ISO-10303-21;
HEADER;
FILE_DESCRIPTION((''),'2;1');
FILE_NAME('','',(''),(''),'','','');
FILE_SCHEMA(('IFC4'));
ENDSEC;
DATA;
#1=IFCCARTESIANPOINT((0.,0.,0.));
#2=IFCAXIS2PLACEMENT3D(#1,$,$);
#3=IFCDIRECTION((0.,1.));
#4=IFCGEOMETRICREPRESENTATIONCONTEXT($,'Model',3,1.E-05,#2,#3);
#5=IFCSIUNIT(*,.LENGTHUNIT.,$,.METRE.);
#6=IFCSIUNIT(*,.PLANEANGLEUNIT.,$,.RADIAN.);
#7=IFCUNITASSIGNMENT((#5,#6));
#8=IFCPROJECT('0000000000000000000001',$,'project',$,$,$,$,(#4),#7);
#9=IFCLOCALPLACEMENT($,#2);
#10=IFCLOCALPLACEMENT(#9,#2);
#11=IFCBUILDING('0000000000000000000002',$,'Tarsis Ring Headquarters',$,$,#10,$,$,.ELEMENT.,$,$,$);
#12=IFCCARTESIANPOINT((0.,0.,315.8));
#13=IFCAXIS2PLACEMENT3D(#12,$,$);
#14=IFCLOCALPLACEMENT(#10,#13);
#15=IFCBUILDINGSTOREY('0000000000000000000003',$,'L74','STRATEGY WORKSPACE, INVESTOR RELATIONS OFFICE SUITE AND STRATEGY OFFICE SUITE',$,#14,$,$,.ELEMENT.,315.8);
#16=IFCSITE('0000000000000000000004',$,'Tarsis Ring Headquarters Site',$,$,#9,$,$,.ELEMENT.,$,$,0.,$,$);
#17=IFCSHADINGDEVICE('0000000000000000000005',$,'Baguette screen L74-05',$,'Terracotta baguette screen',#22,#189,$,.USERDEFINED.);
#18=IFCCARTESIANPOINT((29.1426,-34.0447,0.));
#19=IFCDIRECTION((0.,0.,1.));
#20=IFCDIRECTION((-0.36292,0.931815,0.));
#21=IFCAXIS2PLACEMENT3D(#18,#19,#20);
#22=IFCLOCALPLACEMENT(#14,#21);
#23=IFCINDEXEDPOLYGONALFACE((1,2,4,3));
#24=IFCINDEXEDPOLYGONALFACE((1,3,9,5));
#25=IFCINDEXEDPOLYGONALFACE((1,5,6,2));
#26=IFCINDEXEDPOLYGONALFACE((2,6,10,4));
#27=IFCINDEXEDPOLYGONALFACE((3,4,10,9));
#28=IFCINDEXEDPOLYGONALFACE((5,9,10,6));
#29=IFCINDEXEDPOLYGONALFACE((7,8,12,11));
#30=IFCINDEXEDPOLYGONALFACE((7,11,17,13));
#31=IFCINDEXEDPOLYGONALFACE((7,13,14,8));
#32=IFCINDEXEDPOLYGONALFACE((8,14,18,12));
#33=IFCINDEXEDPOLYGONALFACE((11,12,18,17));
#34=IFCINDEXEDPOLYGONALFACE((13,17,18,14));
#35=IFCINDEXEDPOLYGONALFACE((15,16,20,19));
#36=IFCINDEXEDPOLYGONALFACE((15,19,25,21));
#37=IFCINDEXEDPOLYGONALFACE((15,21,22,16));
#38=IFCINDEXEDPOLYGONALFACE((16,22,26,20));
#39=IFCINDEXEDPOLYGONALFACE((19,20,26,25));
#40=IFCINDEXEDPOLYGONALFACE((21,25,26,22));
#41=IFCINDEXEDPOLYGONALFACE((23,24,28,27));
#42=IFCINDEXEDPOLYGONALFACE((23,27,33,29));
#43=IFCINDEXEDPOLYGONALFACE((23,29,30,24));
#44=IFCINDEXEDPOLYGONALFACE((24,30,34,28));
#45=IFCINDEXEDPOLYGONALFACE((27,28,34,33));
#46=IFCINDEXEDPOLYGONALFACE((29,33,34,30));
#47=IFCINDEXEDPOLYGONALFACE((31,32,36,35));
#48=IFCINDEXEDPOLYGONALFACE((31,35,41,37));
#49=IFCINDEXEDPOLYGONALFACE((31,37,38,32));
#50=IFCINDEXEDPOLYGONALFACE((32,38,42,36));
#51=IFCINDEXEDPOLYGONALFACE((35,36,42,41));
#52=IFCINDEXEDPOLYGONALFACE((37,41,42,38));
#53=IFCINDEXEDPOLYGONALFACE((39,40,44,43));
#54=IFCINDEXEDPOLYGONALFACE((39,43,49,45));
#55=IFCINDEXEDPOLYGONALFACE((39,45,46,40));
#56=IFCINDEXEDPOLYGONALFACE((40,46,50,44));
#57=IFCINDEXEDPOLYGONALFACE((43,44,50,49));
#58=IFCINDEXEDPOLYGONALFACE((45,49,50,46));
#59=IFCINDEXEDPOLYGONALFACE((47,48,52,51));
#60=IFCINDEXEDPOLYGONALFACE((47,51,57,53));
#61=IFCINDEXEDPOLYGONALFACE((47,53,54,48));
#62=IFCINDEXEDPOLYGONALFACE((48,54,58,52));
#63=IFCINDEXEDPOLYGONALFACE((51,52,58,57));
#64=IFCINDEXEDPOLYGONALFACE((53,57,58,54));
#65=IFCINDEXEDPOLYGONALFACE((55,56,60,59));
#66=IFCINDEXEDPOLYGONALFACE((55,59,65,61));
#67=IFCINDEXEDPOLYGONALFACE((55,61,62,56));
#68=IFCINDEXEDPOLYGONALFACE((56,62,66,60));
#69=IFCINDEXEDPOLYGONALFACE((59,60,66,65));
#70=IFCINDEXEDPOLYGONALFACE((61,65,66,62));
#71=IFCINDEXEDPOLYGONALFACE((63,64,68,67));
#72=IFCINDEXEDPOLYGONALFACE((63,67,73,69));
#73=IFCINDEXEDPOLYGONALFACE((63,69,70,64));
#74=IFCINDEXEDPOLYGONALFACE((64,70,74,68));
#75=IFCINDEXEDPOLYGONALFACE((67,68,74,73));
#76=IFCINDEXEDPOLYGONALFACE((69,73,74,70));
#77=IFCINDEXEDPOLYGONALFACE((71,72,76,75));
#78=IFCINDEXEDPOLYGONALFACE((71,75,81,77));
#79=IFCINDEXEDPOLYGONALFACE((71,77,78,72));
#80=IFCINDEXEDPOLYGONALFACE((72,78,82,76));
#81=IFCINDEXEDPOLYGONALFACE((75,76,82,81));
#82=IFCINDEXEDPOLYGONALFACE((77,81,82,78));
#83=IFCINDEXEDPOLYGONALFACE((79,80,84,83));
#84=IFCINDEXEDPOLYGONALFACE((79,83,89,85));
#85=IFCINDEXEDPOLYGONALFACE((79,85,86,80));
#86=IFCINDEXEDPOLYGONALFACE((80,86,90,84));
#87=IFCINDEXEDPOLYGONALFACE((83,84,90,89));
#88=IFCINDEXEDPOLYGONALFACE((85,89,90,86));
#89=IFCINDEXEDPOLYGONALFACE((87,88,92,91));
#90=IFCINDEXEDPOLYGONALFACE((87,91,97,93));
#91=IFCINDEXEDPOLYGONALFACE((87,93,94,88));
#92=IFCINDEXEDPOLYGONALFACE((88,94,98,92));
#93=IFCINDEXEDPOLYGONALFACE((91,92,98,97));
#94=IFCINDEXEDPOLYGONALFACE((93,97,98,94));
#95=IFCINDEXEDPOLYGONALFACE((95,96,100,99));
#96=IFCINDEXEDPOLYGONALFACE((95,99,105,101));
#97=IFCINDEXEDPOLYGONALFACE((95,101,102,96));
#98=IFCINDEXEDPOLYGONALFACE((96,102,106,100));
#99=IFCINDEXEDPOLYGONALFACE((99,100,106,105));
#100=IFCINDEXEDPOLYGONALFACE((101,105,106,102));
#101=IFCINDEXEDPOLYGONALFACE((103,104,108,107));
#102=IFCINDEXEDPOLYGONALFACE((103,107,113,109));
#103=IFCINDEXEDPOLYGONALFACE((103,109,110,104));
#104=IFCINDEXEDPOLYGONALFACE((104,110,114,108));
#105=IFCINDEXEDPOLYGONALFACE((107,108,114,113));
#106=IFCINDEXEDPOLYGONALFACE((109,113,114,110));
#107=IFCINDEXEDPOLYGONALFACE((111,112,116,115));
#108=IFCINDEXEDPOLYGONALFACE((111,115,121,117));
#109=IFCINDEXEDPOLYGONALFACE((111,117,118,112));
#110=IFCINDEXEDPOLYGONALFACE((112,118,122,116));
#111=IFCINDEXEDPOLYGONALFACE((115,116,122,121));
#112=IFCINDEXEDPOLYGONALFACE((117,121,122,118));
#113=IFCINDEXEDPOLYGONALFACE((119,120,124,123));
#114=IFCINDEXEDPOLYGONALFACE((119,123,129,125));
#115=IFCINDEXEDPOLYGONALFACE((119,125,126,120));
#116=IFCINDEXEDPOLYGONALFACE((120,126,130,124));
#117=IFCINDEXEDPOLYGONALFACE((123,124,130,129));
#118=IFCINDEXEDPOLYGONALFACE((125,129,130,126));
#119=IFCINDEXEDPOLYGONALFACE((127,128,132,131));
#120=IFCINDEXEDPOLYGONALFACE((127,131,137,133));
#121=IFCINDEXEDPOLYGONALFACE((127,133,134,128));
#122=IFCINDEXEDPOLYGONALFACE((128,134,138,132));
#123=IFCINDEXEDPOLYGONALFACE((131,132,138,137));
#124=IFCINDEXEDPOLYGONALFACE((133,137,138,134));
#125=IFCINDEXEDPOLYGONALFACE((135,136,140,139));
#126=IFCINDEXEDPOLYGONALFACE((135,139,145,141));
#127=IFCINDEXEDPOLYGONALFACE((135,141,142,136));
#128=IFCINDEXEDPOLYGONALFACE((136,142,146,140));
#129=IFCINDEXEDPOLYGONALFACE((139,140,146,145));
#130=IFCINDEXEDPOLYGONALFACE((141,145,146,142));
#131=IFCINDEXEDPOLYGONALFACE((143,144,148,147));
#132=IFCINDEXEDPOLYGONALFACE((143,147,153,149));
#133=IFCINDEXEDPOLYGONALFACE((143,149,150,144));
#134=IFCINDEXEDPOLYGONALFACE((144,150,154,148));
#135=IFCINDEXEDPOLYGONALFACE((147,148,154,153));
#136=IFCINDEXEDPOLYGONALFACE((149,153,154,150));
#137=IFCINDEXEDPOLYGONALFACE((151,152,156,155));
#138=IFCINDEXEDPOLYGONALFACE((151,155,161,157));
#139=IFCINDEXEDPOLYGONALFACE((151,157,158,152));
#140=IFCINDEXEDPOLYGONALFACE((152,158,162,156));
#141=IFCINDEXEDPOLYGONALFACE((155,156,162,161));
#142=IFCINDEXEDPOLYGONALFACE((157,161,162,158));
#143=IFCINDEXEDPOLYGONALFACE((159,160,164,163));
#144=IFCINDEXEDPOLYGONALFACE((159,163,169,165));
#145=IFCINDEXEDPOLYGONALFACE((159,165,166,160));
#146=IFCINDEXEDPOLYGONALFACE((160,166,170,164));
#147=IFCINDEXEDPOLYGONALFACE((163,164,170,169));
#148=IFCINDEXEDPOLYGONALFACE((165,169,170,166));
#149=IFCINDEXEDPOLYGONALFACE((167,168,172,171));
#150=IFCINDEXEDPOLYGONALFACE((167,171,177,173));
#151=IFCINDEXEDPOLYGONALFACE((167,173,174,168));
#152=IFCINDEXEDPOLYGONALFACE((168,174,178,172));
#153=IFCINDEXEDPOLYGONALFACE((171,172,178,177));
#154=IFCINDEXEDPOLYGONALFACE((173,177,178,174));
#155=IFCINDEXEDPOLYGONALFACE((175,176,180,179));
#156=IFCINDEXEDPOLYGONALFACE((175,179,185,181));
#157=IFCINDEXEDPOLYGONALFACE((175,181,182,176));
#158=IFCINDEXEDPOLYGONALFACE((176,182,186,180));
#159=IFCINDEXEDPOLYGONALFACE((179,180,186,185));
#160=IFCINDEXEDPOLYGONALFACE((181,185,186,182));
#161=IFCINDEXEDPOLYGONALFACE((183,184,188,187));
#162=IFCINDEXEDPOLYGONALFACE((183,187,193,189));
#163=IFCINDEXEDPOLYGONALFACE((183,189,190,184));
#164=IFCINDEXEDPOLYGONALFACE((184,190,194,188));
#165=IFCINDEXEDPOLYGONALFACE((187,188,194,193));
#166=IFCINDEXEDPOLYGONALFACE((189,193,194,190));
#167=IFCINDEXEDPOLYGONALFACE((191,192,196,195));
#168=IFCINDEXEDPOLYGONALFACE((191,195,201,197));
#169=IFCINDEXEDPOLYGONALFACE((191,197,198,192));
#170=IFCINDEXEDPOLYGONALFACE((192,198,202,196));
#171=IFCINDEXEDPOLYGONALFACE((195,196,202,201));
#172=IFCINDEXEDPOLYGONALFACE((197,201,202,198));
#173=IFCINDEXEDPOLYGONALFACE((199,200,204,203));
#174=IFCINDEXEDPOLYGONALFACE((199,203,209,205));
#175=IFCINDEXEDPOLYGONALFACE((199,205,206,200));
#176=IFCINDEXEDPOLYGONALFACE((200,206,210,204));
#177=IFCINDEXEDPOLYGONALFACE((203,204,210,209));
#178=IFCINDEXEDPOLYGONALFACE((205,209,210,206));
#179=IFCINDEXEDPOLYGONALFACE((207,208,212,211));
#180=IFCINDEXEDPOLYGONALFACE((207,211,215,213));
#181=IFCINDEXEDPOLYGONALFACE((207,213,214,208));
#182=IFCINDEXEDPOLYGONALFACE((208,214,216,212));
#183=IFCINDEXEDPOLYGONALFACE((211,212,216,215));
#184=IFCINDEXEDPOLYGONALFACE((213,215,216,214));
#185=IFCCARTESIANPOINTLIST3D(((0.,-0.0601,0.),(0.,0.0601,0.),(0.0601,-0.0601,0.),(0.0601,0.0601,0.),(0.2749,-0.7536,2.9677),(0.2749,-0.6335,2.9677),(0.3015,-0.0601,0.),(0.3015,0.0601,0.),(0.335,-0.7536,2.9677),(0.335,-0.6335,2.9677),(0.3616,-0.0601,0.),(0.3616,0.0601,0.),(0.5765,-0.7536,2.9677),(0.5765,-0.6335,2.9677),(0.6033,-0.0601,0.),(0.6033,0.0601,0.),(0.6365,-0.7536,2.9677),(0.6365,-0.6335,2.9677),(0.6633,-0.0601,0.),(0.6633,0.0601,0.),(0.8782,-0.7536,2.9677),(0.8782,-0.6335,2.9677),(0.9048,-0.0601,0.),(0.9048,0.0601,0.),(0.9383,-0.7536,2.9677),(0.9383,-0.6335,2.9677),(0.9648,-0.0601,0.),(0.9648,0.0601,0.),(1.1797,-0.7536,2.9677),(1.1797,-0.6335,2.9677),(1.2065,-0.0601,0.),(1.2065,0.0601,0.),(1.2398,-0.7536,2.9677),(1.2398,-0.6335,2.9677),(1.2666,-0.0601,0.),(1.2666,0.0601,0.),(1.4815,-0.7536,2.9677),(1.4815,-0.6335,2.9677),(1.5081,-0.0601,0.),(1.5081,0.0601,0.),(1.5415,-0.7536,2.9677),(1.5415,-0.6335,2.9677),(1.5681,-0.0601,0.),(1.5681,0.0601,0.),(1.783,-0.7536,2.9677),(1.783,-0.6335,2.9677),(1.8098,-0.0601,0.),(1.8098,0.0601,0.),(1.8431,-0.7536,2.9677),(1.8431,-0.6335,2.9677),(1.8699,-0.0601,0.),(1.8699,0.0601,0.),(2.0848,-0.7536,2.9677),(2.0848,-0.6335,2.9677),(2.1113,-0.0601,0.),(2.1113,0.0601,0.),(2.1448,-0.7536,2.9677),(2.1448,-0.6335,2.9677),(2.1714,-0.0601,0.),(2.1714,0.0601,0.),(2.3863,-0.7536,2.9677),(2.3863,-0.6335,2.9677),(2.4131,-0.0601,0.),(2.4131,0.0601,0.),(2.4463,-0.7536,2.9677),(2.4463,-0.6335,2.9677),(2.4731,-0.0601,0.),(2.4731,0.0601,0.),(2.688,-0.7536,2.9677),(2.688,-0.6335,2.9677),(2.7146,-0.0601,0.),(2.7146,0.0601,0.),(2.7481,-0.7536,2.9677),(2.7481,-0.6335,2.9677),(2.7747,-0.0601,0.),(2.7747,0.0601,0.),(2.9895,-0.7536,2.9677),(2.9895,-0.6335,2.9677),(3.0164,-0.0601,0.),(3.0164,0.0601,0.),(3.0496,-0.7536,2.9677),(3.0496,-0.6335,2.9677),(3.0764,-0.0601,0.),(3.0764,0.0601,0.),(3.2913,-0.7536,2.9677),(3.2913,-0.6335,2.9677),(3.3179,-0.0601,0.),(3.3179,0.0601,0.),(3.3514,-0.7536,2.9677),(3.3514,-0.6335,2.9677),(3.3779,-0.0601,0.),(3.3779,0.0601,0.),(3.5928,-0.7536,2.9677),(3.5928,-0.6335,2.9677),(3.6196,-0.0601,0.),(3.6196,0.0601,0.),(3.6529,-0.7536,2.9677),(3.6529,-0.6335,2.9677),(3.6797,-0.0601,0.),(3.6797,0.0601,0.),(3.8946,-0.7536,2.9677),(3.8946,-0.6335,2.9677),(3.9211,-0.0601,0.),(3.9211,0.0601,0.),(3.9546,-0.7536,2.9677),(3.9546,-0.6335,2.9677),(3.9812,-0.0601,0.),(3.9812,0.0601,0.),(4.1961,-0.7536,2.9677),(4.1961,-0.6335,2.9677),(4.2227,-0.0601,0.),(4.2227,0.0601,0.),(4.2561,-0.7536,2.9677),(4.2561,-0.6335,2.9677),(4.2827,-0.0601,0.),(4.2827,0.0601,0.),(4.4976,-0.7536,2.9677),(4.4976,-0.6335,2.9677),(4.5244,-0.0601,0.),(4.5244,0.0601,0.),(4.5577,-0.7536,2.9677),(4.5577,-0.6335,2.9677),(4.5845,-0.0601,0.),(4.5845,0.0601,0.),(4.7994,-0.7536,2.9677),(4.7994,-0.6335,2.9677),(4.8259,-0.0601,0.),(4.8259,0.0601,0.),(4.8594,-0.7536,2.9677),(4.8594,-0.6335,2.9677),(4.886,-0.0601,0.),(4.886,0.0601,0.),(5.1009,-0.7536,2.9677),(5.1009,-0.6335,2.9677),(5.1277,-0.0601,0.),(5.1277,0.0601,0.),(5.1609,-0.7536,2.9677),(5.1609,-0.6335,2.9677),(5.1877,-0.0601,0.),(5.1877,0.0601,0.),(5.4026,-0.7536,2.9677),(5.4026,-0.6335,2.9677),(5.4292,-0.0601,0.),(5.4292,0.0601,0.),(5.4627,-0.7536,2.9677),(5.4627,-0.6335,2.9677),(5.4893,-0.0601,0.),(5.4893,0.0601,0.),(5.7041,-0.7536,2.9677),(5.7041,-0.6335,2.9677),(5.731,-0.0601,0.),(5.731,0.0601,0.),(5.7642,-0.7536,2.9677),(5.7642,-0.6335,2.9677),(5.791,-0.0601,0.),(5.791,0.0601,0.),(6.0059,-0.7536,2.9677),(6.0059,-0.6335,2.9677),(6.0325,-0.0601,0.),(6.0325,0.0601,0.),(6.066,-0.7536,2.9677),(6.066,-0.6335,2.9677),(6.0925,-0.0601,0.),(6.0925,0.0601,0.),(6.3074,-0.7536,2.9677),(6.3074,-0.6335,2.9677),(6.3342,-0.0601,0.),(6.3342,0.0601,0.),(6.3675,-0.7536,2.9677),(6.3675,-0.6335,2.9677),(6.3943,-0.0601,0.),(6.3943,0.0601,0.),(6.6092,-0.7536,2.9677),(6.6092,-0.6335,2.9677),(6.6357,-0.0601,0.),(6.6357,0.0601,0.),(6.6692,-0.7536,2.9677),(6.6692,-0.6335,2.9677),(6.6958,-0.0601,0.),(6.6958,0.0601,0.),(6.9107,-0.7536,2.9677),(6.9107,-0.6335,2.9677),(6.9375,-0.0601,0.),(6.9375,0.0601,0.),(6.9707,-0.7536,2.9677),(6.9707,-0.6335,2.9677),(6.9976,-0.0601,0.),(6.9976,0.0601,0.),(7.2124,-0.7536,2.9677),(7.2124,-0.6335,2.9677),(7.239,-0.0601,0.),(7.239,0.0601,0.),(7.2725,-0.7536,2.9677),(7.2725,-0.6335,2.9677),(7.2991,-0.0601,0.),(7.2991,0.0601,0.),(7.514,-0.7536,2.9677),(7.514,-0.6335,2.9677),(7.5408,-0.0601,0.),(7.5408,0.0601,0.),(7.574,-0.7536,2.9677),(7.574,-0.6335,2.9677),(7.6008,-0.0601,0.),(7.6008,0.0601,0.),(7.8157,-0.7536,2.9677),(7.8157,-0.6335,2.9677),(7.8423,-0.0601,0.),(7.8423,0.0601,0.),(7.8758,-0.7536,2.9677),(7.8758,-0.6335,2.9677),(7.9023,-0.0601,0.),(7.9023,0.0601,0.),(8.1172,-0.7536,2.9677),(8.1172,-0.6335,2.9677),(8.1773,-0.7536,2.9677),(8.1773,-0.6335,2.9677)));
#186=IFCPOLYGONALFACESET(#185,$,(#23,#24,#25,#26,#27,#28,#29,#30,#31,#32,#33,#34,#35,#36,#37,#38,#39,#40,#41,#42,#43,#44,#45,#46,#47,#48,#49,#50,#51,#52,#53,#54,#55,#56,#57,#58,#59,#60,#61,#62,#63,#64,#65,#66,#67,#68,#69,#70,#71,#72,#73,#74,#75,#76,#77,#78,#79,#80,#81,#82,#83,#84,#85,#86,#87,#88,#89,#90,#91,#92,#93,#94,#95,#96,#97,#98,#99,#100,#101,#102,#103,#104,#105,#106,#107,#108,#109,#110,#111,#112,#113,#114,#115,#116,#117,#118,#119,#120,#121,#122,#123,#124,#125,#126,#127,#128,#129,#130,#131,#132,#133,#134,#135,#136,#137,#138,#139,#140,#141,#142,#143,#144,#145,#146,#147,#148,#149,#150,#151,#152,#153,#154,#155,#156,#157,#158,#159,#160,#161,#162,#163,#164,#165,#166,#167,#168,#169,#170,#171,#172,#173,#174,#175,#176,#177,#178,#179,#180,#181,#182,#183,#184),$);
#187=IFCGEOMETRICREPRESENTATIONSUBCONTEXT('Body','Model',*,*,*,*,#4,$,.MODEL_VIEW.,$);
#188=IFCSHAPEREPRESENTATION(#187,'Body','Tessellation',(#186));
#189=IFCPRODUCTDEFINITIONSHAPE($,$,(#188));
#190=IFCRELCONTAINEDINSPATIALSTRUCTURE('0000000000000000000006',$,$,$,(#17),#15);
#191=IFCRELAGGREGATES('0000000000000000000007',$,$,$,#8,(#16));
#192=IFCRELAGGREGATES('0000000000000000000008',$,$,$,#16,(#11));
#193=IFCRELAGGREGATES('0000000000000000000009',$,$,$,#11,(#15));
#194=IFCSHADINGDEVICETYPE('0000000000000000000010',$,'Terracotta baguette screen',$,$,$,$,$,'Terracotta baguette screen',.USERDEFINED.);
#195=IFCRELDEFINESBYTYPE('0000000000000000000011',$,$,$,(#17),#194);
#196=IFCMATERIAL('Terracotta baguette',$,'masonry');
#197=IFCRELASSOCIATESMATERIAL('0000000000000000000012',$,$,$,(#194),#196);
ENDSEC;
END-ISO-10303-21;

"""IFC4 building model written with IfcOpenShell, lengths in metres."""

from ifc_helpers import new_model, si_unit, direction, frame, frame_2d, origin, place, context, subcontext, project, spatial, rectangle, composite_profile, extrude, material, type_object, element, save


model = new_model("IFC4")

# Units and contexts
model_context = context("Model", 3, precision=1e-05, world=origin(), true_north=direction((0.0, 1.0)))
body_context = subcontext(model_context, "Body", "Model", "MODEL_VIEW")
ifc_project = project(units=[si_unit("LENGTHUNIT", "METRE"), si_unit("PLANEANGLEUNIT", "RADIAN")], contexts=[model_context])

# Site, building, storey
site_placement = place(None, origin())
site = spatial("IfcSite", under=ifc_project, at=site_placement, Name="Tarsis Ring Headquarters Site", CompositionType="ELEMENT", RefElevation=0.0)
building_placement = place(site_placement, origin())
building = spatial("IfcBuilding", under=site, at=building_placement, Name="Tarsis Ring Headquarters", CompositionType="ELEMENT")
storey_placement = place(building_placement, frame((0.0, 0.0, 315.8)))
storey = spatial("IfcBuildingStorey", under=building, at=storey_placement, Name="L74", Description="STRATEGY WORKSPACE, INVESTOR RELATIONS OFFICE SUITE AND STRATEGY OFFICE SUITE", CompositionType="ELEMENT", Elevation=315.8)

# Shading device
ifc_material_1 = material(Name="Terracotta baguette", Category="masonry")
shading_device_type_1 = type_object("IfcShadingDeviceType", Name="Terracotta baguette screen", ElementType="Terracotta baguette screen", PredefinedType="USERDEFINED", material=ifc_material_1)
shading_device_1_placement = place(storey_placement, frame((29.1426, -34.0447, 0.0), z_axis=(0.0, 0.0, 1.0), x_axis=(-0.36292, 0.931815, 0.0)))
element("IfcShadingDevice", 1, at=shading_device_1_placement, inside=storey, type_object=shading_device_type_1, Name="Baguette screen L74-05", ObjectType="Terracotta baguette screen", PredefinedType="USERDEFINED", context=body_context, shape_type="SweptSolid", body=[
    extrude(composite_profile([rectangle(XDim=0.0601, YDim=0.1201, at=frame_2d((0.03, 0.0))), rectangle(XDim=0.0601, YDim=0.1201, at=frame_2d((0.3315, 0.0))), rectangle(XDim=0.0601, YDim=0.1201, at=frame_2d((0.6333, 0.0))), rectangle(XDim=0.0601, YDim=0.1201, at=frame_2d((0.9348, 0.0))), rectangle(XDim=0.0601, YDim=0.1201, at=frame_2d((1.2366, 0.0))), rectangle(XDim=0.0601, YDim=0.1201, at=frame_2d((1.5381, 0.0))), rectangle(XDim=0.0601, YDim=0.1201, at=frame_2d((1.8398, 0.0))), rectangle(XDim=0.0601, YDim=0.1201, at=frame_2d((2.1414, 0.0))), rectangle(XDim=0.0601, YDim=0.1201, at=frame_2d((2.4431, 0.0))), rectangle(XDim=0.0601, YDim=0.1201, at=frame_2d((2.7446, 0.0))), rectangle(XDim=0.0601, YDim=0.1201, at=frame_2d((3.0464, 0.0))), rectangle(XDim=0.0601, YDim=0.1201, at=frame_2d((3.3479, 0.0))), rectangle(XDim=0.0601, YDim=0.1201, at=frame_2d((3.6497, 0.0))), rectangle(XDim=0.0601, YDim=0.1201, at=frame_2d((3.9512, 0.0))), rectangle(XDim=0.0601, YDim=0.1201, at=frame_2d((4.2527, 0.0))), rectangle(XDim=0.0601, YDim=0.1201, at=frame_2d((4.5544, 0.0))), rectangle(XDim=0.0601, YDim=0.1201, at=frame_2d((4.856, 0.0))), rectangle(XDim=0.0601, YDim=0.1201, at=frame_2d((5.1577, 0.0))), rectangle(XDim=0.0601, YDim=0.1201, at=frame_2d((5.4592, 0.0))), rectangle(XDim=0.0601, YDim=0.1201, at=frame_2d((5.761, 0.0))), rectangle(XDim=0.0601, YDim=0.1201, at=frame_2d((6.0625, 0.0))), rectangle(XDim=0.0601, YDim=0.1201, at=frame_2d((6.3643, 0.0))), rectangle(XDim=0.0601, YDim=0.1201, at=frame_2d((6.6658, 0.0))), rectangle(XDim=0.0601, YDim=0.1201, at=frame_2d((6.9675, 0.0))), rectangle(XDim=0.0601, YDim=0.1201, at=frame_2d((7.269, 0.0))), rectangle(XDim=0.0601, YDim=0.1201, at=frame_2d((7.5708, 0.0))), rectangle(XDim=0.0601, YDim=0.1201, at=frame_2d((7.8723, 0.0)))]), origin(), (0.089848, -0.226659, 0.969821), 3.0601),
])

save(model, "model.ifc")
